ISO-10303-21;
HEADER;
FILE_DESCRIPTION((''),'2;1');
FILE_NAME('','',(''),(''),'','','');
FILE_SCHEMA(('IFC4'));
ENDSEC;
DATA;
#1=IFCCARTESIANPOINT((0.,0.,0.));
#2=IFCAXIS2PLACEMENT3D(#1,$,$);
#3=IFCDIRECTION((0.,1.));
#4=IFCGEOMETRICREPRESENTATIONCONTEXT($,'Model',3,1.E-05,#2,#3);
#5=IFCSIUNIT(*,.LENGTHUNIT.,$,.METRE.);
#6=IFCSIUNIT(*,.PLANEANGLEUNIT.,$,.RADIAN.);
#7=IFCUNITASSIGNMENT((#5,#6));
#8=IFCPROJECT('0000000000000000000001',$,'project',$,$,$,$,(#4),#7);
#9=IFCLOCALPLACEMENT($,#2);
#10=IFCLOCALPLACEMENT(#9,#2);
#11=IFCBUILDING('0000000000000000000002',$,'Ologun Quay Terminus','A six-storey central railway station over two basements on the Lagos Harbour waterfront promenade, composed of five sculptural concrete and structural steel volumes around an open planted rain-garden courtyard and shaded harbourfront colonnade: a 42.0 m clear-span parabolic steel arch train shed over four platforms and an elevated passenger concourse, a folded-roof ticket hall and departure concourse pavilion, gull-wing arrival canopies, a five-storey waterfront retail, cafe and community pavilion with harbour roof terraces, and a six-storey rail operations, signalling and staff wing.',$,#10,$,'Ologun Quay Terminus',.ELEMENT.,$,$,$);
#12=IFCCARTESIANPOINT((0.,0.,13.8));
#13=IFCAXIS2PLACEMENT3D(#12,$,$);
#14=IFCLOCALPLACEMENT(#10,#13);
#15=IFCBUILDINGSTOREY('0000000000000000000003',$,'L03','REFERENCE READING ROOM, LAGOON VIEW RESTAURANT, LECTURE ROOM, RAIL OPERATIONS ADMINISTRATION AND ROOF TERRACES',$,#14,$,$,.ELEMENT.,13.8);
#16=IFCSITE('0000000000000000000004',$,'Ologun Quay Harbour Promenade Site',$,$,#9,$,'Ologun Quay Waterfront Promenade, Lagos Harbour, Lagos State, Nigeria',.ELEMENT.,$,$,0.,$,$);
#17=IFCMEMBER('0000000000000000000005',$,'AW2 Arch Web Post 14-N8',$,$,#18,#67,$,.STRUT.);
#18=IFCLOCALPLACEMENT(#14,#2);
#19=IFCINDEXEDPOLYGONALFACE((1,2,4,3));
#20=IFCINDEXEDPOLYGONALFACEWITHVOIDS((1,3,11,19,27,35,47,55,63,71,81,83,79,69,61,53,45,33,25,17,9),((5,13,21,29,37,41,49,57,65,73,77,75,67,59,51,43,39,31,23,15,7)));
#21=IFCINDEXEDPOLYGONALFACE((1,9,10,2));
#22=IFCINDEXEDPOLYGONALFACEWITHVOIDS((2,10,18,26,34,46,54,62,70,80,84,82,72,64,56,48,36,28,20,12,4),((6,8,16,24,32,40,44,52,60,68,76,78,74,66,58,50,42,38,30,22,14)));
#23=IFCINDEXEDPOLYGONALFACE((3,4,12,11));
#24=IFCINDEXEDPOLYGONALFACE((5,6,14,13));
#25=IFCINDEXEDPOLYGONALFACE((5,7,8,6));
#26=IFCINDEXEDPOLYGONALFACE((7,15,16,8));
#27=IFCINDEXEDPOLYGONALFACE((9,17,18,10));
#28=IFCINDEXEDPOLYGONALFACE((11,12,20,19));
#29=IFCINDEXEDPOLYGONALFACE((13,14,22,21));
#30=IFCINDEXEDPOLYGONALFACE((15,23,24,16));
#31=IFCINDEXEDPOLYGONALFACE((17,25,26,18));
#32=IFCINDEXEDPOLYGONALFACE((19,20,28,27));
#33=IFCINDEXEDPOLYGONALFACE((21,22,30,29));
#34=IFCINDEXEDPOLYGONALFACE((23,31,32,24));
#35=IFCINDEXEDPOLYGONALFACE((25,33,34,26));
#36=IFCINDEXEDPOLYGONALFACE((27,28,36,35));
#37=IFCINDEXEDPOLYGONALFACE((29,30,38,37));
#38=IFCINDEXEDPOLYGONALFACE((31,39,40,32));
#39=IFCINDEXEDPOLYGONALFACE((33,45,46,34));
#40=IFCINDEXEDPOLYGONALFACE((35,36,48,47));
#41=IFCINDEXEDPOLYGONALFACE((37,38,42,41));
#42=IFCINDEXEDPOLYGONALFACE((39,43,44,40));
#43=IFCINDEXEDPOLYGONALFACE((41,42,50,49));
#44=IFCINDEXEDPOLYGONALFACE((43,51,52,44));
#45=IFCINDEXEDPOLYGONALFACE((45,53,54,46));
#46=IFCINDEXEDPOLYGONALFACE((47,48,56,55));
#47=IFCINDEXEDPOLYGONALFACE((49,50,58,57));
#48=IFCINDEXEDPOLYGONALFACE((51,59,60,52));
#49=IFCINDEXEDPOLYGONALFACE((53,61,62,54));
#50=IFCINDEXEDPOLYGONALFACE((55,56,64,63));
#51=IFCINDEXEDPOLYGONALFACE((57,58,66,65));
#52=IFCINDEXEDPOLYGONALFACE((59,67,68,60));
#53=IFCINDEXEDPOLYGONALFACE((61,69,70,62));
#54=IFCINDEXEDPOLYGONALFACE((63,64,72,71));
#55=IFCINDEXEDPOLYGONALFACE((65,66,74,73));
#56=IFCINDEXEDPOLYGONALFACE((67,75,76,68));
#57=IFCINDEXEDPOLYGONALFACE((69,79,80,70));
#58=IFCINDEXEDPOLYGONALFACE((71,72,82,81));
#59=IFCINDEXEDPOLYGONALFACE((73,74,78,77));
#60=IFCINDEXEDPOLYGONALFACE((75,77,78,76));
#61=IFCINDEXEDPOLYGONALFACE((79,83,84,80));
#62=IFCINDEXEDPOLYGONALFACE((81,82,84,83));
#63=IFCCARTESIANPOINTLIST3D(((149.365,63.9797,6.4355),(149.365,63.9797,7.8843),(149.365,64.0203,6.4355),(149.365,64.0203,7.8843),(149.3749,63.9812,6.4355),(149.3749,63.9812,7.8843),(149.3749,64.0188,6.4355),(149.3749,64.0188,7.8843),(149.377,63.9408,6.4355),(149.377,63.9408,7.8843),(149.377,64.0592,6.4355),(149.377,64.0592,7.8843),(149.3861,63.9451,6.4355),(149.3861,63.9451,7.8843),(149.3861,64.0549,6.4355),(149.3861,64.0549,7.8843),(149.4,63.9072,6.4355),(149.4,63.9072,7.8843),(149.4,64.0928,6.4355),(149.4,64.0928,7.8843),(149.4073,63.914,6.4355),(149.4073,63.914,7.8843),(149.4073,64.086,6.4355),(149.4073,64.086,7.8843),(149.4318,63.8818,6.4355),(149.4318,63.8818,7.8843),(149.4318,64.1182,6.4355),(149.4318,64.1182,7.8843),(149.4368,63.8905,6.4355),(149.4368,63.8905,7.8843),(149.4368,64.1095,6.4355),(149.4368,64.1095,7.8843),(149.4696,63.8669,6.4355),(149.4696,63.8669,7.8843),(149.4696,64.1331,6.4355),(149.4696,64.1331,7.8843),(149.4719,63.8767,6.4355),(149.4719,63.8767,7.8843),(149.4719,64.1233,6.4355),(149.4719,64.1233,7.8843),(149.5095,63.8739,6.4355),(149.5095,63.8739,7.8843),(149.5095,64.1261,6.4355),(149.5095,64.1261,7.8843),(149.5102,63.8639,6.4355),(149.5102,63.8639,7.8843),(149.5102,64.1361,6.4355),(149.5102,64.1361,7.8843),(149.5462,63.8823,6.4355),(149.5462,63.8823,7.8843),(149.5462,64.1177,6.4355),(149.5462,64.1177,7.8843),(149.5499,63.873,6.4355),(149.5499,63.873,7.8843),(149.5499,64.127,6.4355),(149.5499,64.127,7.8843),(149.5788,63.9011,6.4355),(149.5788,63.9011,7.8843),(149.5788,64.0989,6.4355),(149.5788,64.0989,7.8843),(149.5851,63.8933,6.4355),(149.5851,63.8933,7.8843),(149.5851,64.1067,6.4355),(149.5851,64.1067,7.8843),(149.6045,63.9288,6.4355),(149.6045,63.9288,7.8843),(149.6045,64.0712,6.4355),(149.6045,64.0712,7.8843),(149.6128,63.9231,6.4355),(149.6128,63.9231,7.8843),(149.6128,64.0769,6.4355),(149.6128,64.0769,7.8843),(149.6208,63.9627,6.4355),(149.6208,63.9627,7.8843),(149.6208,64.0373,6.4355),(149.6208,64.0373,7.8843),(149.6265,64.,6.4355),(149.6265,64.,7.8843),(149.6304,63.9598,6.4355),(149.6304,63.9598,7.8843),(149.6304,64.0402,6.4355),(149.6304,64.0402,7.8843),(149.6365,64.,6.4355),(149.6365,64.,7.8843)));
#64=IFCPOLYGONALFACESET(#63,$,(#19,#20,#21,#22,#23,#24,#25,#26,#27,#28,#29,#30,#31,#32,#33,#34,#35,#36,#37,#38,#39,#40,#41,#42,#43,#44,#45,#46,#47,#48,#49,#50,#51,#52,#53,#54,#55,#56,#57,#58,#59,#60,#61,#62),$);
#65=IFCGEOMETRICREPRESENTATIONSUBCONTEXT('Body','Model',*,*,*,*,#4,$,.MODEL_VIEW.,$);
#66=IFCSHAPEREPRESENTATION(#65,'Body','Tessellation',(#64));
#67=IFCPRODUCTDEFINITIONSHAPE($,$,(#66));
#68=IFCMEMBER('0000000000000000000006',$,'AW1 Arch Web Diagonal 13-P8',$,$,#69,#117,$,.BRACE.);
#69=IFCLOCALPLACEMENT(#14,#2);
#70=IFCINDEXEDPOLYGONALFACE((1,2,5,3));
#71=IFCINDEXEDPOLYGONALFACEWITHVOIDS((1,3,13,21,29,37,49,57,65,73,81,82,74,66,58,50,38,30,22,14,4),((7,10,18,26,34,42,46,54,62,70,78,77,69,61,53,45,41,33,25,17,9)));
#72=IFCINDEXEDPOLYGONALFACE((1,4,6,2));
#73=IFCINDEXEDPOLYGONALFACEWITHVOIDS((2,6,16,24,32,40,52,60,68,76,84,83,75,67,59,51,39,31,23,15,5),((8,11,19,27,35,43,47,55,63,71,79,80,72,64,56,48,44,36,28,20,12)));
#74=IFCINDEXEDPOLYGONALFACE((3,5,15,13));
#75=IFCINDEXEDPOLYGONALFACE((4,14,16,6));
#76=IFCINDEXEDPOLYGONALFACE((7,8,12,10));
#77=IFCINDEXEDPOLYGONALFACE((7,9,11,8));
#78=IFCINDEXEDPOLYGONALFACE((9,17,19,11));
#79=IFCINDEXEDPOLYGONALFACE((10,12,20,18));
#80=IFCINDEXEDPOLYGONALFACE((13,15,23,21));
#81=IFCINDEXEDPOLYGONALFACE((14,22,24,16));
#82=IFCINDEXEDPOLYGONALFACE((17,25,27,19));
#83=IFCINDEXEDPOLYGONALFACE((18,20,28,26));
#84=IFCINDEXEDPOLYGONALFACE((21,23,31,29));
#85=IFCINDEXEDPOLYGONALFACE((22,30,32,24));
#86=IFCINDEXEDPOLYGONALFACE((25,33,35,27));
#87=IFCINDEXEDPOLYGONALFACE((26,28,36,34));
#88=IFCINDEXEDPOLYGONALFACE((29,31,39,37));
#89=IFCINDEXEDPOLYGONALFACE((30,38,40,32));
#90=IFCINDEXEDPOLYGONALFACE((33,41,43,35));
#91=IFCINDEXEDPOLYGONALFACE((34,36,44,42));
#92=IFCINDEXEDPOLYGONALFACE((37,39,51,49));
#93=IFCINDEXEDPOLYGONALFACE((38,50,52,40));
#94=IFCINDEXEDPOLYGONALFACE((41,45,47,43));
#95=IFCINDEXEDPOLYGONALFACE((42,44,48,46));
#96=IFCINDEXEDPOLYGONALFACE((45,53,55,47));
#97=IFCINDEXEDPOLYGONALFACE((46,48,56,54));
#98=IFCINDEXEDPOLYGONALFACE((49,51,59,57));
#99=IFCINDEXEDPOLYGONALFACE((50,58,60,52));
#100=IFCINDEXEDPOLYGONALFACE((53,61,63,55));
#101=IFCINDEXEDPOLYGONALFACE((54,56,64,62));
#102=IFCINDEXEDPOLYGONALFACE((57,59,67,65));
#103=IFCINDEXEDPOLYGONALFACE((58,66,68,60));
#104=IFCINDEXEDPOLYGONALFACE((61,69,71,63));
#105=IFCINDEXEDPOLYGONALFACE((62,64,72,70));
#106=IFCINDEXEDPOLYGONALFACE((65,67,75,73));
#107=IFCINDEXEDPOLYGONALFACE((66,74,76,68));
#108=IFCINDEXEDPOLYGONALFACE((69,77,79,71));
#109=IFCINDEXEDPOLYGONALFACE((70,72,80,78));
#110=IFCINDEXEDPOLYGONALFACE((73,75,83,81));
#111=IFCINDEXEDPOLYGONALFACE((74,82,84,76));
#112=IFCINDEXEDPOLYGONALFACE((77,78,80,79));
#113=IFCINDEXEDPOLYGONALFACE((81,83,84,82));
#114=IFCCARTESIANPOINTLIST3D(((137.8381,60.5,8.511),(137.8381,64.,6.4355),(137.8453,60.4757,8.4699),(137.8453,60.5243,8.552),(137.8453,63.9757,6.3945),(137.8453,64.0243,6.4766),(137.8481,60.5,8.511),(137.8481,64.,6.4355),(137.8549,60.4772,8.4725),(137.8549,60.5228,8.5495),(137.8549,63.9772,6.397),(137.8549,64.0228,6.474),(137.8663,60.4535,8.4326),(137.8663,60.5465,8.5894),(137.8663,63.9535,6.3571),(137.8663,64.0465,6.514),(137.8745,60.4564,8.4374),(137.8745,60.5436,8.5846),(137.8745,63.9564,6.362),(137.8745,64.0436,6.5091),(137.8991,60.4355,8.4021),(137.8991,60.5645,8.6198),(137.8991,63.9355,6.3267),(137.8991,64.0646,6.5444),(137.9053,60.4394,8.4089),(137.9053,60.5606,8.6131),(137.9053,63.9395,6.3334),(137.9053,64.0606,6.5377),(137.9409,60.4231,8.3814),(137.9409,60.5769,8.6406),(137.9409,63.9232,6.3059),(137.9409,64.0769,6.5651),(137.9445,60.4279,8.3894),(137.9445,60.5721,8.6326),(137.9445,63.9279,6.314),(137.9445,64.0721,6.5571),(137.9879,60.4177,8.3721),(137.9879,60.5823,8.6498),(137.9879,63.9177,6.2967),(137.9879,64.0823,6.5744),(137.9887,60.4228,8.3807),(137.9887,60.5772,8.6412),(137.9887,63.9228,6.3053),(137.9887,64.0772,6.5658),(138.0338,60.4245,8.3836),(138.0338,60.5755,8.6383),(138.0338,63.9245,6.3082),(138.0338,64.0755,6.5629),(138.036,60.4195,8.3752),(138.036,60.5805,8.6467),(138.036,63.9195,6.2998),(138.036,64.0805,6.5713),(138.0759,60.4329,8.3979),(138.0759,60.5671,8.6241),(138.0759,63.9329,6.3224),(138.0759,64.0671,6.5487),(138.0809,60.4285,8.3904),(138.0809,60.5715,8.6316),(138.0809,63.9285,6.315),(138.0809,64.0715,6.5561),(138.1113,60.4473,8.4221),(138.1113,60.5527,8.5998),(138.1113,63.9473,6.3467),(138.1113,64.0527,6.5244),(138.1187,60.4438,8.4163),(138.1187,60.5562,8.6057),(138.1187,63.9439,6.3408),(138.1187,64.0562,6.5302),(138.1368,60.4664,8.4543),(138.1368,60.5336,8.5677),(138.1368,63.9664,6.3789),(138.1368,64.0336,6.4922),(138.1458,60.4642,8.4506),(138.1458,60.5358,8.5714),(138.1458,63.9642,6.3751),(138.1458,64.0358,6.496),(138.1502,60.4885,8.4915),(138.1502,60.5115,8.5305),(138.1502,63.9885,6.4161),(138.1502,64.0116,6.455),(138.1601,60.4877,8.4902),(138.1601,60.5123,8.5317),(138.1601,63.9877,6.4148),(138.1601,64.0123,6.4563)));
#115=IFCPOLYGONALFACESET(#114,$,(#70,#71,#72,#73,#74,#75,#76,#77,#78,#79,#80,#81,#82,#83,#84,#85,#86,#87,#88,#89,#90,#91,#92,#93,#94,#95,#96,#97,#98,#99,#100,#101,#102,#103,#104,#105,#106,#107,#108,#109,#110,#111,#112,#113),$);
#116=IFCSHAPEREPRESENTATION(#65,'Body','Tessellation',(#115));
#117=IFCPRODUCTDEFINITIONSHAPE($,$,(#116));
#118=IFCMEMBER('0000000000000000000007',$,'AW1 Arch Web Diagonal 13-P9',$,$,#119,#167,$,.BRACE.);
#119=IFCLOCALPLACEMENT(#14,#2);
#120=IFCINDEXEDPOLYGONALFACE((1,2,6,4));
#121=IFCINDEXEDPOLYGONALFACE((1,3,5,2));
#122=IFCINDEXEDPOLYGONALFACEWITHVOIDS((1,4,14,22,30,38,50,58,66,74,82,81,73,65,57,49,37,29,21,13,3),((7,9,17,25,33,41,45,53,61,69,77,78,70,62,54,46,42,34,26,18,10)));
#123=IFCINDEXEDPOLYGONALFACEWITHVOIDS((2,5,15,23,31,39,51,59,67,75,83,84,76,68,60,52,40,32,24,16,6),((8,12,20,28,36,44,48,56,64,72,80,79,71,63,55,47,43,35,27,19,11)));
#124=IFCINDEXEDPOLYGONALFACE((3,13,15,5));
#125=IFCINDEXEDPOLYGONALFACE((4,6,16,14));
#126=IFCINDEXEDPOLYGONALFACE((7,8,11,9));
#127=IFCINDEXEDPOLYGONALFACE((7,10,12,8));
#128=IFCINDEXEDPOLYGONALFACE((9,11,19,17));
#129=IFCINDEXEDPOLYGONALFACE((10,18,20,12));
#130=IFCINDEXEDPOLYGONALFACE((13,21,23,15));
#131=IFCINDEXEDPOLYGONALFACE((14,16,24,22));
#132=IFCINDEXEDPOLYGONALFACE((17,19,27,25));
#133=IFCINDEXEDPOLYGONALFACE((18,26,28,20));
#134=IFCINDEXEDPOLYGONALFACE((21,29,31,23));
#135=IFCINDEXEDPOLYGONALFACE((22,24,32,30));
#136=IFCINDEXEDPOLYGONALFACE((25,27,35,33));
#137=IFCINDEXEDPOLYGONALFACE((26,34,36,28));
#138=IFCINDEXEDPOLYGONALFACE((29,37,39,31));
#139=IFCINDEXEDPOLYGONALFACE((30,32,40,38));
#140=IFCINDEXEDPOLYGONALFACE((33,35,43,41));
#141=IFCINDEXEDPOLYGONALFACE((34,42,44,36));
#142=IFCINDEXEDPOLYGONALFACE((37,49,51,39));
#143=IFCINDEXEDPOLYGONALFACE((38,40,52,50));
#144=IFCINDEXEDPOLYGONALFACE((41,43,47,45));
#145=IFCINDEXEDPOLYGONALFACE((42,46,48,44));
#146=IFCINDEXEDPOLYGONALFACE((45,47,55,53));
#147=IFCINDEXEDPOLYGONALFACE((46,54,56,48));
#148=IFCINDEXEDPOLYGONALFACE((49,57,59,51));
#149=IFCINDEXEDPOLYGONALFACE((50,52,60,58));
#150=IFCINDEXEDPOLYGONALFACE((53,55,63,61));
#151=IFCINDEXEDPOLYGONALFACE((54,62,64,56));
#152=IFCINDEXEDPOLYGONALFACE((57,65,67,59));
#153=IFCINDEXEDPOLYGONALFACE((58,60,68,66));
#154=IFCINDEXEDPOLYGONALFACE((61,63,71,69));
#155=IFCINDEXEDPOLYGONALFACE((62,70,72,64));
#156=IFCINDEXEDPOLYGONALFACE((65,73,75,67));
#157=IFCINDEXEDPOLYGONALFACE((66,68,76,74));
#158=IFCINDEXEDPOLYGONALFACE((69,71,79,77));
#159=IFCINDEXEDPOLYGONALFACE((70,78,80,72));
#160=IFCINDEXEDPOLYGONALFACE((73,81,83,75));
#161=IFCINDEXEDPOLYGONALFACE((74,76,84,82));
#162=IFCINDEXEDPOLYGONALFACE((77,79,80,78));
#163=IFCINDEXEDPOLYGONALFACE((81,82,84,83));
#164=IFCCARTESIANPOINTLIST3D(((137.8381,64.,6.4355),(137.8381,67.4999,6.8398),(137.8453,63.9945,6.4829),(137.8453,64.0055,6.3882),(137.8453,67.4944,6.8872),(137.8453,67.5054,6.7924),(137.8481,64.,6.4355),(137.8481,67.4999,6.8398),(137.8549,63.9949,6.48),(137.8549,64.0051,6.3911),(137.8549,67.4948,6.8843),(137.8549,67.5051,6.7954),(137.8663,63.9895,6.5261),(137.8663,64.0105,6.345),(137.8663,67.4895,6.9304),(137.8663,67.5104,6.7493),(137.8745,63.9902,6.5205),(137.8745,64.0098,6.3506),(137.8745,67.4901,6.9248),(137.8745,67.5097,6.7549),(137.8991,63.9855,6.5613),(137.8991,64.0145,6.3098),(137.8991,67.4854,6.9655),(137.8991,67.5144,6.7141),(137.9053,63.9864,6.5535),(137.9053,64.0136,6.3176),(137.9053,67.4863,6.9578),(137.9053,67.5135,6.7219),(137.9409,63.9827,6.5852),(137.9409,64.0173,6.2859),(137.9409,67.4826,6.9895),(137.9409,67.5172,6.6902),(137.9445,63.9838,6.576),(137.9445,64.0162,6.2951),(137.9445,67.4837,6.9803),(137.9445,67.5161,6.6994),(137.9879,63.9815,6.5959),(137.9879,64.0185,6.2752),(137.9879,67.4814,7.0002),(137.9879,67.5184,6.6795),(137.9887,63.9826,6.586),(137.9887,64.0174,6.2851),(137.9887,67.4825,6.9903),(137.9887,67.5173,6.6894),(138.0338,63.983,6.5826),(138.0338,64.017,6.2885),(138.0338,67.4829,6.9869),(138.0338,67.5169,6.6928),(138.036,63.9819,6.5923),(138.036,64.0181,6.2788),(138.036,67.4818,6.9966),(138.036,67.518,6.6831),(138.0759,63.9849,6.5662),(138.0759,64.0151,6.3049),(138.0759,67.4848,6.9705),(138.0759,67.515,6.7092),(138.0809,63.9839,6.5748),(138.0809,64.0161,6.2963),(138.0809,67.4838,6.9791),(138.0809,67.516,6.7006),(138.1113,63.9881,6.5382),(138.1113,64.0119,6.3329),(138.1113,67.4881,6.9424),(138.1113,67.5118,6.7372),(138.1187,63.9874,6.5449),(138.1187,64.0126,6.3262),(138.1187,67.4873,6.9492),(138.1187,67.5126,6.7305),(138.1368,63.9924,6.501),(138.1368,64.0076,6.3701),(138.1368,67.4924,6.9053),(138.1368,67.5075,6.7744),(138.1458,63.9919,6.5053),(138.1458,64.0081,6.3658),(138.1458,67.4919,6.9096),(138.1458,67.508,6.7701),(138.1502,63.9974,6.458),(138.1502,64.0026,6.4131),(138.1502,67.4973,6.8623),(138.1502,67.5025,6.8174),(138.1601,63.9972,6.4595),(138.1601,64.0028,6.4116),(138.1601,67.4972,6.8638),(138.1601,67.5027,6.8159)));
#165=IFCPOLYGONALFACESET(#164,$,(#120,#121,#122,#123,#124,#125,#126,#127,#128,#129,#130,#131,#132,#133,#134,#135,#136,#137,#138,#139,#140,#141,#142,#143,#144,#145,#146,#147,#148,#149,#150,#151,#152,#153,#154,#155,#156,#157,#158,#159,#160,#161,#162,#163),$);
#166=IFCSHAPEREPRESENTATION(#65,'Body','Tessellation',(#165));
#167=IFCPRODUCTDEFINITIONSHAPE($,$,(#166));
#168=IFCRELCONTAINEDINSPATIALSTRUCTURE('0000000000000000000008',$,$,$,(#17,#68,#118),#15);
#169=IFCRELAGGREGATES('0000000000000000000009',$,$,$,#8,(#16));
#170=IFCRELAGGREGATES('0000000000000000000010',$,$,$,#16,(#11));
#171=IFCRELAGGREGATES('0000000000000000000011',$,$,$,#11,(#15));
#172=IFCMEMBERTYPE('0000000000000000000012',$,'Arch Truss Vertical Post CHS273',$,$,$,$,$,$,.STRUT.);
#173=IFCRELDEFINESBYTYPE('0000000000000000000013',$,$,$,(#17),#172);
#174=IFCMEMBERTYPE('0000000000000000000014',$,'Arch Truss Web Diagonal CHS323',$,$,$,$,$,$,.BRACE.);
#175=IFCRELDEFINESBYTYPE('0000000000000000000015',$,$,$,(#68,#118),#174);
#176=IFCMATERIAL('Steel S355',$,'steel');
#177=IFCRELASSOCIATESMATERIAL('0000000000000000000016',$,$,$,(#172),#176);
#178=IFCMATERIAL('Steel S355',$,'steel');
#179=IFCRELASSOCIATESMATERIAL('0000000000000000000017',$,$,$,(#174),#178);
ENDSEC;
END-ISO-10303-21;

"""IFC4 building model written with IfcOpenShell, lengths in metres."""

from ifc_helpers import new_model, si_unit, direction, frame, origin, origin_2d, place, context, subcontext, project, spatial, hollow_circle, extrude, material, material_profile, profile_set, type_object, element, save


model = new_model("IFC4")

# Units and contexts
model_context = context("Model", 3, precision=1e-05, world=origin(), true_north=direction((0.0, 1.0)))
body_context = subcontext(model_context, "Body", "Model", "MODEL_VIEW")
ifc_project = project(units=[si_unit("LENGTHUNIT", "METRE"), si_unit("PLANEANGLEUNIT", "RADIAN")], contexts=[model_context])

# Site, building, storey
site_placement = place(None, origin())
site = spatial("IfcSite", under=ifc_project, at=site_placement, Name="Ologun Quay Harbour Promenade Site", LongName="Ologun Quay Waterfront Promenade, Lagos Harbour, Lagos State, Nigeria", CompositionType="ELEMENT", RefElevation=0.0)
building_placement = place(site_placement, origin())
building = spatial("IfcBuilding", under=site, at=building_placement, Name="Ologun Quay Terminus", Description="A six-storey central railway station over two basements on the Lagos Harbour waterfront promenade, composed of five sculptural concrete and structural steel volumes around an open planted rain-garden courtyard and shaded harbourfront colonnade: a 42.0 m clear-span parabolic steel arch train shed over four platforms and an elevated passenger concourse, a folded-roof ticket hall and departure concourse pavilion, gull-wing arrival canopies, a five-storey waterfront retail, cafe and community pavilion with harbour roof terraces, and a six-storey rail operations, signalling and staff wing.", LongName="Ologun Quay Terminus", CompositionType="ELEMENT")
storey_placement = place(building_placement, frame((0.0, 0.0, 13.8)))
storey = spatial("IfcBuildingStorey", under=building, at=storey_placement, Name="L03", Description="REFERENCE READING ROOM, LAGOON VIEW RESTAURANT, LECTURE ROOM, RAIL OPERATIONS ADMINISTRATION AND ROOF TERRACES", CompositionType="ELEMENT", Elevation=13.8)

# Members
ifc_material_1 = material(Name="Steel S355", Category="steel")
ifc_material_profile_1 = material_profile(ifc_material_1, hollow_circle(Radius=0.1365, WallThickness=0.01, at=origin_2d()), Name="CHS 273x10")
ifc_profile_set_1 = profile_set([ifc_material_profile_1], Name="Steel S355")
member_type_1 = type_object("IfcMemberType", Name="Arch Truss Vertical Post CHS273", PredefinedType="STRUT", material=ifc_profile_set_1)
member_1_placement = place(storey_placement, frame((149.5, 64.0, 6.4355), z_axis=(0.0, 0.0, 1.0), x_axis=(1.0, 0.0, 0.0)))
element("IfcMember", 1, at=member_1_placement, inside=storey, type_object=member_type_1, Name="AW2 Arch Web Post 14-N8", PredefinedType="STRUT", context=body_context, shape_type="SweptSolid", body=[
    extrude(hollow_circle(Radius=0.1365, WallThickness=0.01, at=origin_2d()), origin(), (0.0, 0.0, 1.0), 1.4487),
])
ifc_material_2 = material(Name="Steel S355", Category="steel")
ifc_material_profile_2 = material_profile(ifc_material_2, hollow_circle(Radius=0.1619, WallThickness=0.01, at=origin_2d()), Name="CHS 323.9x10")
ifc_profile_set_2 = profile_set([ifc_material_profile_2], Name="Steel S355")
member_type_2 = type_object("IfcMemberType", Name="Arch Truss Web Diagonal CHS323", PredefinedType="BRACE", material=ifc_profile_set_2)
member_2_placement = place(storey_placement, frame((138.0, 60.5, 8.511), z_axis=(0.0, 0.860144, -0.510051), x_axis=(-1.0, 0.0, 0.0)))
element("IfcMember", 2, at=member_2_placement, inside=storey, type_object=member_type_2, Name="AW1 Arch Web Diagonal 13-P8", PredefinedType="BRACE", context=body_context, shape_type="SweptSolid", body=[
    extrude(hollow_circle(Radius=0.1619, WallThickness=0.01, at=origin_2d()), origin(), (0.0, 0.0, 1.0), 4.0691),
])
member_3_placement = place(storey_placement, frame((138.0, 64.0, 6.4355), z_axis=(0.0, 0.993394, 0.11475), x_axis=(-1.0, 0.0, 0.0)))
element("IfcMember", 3, at=member_3_placement, inside=storey, type_object=member_type_2, Name="AW1 Arch Web Diagonal 13-P9", PredefinedType="BRACE", context=body_context, shape_type="SweptSolid", body=[
    extrude(hollow_circle(Radius=0.1619, WallThickness=0.01, at=origin_2d()), origin(), (0.0, 0.0, 1.0), 3.5232),
])

save(model, "model.ifc")
